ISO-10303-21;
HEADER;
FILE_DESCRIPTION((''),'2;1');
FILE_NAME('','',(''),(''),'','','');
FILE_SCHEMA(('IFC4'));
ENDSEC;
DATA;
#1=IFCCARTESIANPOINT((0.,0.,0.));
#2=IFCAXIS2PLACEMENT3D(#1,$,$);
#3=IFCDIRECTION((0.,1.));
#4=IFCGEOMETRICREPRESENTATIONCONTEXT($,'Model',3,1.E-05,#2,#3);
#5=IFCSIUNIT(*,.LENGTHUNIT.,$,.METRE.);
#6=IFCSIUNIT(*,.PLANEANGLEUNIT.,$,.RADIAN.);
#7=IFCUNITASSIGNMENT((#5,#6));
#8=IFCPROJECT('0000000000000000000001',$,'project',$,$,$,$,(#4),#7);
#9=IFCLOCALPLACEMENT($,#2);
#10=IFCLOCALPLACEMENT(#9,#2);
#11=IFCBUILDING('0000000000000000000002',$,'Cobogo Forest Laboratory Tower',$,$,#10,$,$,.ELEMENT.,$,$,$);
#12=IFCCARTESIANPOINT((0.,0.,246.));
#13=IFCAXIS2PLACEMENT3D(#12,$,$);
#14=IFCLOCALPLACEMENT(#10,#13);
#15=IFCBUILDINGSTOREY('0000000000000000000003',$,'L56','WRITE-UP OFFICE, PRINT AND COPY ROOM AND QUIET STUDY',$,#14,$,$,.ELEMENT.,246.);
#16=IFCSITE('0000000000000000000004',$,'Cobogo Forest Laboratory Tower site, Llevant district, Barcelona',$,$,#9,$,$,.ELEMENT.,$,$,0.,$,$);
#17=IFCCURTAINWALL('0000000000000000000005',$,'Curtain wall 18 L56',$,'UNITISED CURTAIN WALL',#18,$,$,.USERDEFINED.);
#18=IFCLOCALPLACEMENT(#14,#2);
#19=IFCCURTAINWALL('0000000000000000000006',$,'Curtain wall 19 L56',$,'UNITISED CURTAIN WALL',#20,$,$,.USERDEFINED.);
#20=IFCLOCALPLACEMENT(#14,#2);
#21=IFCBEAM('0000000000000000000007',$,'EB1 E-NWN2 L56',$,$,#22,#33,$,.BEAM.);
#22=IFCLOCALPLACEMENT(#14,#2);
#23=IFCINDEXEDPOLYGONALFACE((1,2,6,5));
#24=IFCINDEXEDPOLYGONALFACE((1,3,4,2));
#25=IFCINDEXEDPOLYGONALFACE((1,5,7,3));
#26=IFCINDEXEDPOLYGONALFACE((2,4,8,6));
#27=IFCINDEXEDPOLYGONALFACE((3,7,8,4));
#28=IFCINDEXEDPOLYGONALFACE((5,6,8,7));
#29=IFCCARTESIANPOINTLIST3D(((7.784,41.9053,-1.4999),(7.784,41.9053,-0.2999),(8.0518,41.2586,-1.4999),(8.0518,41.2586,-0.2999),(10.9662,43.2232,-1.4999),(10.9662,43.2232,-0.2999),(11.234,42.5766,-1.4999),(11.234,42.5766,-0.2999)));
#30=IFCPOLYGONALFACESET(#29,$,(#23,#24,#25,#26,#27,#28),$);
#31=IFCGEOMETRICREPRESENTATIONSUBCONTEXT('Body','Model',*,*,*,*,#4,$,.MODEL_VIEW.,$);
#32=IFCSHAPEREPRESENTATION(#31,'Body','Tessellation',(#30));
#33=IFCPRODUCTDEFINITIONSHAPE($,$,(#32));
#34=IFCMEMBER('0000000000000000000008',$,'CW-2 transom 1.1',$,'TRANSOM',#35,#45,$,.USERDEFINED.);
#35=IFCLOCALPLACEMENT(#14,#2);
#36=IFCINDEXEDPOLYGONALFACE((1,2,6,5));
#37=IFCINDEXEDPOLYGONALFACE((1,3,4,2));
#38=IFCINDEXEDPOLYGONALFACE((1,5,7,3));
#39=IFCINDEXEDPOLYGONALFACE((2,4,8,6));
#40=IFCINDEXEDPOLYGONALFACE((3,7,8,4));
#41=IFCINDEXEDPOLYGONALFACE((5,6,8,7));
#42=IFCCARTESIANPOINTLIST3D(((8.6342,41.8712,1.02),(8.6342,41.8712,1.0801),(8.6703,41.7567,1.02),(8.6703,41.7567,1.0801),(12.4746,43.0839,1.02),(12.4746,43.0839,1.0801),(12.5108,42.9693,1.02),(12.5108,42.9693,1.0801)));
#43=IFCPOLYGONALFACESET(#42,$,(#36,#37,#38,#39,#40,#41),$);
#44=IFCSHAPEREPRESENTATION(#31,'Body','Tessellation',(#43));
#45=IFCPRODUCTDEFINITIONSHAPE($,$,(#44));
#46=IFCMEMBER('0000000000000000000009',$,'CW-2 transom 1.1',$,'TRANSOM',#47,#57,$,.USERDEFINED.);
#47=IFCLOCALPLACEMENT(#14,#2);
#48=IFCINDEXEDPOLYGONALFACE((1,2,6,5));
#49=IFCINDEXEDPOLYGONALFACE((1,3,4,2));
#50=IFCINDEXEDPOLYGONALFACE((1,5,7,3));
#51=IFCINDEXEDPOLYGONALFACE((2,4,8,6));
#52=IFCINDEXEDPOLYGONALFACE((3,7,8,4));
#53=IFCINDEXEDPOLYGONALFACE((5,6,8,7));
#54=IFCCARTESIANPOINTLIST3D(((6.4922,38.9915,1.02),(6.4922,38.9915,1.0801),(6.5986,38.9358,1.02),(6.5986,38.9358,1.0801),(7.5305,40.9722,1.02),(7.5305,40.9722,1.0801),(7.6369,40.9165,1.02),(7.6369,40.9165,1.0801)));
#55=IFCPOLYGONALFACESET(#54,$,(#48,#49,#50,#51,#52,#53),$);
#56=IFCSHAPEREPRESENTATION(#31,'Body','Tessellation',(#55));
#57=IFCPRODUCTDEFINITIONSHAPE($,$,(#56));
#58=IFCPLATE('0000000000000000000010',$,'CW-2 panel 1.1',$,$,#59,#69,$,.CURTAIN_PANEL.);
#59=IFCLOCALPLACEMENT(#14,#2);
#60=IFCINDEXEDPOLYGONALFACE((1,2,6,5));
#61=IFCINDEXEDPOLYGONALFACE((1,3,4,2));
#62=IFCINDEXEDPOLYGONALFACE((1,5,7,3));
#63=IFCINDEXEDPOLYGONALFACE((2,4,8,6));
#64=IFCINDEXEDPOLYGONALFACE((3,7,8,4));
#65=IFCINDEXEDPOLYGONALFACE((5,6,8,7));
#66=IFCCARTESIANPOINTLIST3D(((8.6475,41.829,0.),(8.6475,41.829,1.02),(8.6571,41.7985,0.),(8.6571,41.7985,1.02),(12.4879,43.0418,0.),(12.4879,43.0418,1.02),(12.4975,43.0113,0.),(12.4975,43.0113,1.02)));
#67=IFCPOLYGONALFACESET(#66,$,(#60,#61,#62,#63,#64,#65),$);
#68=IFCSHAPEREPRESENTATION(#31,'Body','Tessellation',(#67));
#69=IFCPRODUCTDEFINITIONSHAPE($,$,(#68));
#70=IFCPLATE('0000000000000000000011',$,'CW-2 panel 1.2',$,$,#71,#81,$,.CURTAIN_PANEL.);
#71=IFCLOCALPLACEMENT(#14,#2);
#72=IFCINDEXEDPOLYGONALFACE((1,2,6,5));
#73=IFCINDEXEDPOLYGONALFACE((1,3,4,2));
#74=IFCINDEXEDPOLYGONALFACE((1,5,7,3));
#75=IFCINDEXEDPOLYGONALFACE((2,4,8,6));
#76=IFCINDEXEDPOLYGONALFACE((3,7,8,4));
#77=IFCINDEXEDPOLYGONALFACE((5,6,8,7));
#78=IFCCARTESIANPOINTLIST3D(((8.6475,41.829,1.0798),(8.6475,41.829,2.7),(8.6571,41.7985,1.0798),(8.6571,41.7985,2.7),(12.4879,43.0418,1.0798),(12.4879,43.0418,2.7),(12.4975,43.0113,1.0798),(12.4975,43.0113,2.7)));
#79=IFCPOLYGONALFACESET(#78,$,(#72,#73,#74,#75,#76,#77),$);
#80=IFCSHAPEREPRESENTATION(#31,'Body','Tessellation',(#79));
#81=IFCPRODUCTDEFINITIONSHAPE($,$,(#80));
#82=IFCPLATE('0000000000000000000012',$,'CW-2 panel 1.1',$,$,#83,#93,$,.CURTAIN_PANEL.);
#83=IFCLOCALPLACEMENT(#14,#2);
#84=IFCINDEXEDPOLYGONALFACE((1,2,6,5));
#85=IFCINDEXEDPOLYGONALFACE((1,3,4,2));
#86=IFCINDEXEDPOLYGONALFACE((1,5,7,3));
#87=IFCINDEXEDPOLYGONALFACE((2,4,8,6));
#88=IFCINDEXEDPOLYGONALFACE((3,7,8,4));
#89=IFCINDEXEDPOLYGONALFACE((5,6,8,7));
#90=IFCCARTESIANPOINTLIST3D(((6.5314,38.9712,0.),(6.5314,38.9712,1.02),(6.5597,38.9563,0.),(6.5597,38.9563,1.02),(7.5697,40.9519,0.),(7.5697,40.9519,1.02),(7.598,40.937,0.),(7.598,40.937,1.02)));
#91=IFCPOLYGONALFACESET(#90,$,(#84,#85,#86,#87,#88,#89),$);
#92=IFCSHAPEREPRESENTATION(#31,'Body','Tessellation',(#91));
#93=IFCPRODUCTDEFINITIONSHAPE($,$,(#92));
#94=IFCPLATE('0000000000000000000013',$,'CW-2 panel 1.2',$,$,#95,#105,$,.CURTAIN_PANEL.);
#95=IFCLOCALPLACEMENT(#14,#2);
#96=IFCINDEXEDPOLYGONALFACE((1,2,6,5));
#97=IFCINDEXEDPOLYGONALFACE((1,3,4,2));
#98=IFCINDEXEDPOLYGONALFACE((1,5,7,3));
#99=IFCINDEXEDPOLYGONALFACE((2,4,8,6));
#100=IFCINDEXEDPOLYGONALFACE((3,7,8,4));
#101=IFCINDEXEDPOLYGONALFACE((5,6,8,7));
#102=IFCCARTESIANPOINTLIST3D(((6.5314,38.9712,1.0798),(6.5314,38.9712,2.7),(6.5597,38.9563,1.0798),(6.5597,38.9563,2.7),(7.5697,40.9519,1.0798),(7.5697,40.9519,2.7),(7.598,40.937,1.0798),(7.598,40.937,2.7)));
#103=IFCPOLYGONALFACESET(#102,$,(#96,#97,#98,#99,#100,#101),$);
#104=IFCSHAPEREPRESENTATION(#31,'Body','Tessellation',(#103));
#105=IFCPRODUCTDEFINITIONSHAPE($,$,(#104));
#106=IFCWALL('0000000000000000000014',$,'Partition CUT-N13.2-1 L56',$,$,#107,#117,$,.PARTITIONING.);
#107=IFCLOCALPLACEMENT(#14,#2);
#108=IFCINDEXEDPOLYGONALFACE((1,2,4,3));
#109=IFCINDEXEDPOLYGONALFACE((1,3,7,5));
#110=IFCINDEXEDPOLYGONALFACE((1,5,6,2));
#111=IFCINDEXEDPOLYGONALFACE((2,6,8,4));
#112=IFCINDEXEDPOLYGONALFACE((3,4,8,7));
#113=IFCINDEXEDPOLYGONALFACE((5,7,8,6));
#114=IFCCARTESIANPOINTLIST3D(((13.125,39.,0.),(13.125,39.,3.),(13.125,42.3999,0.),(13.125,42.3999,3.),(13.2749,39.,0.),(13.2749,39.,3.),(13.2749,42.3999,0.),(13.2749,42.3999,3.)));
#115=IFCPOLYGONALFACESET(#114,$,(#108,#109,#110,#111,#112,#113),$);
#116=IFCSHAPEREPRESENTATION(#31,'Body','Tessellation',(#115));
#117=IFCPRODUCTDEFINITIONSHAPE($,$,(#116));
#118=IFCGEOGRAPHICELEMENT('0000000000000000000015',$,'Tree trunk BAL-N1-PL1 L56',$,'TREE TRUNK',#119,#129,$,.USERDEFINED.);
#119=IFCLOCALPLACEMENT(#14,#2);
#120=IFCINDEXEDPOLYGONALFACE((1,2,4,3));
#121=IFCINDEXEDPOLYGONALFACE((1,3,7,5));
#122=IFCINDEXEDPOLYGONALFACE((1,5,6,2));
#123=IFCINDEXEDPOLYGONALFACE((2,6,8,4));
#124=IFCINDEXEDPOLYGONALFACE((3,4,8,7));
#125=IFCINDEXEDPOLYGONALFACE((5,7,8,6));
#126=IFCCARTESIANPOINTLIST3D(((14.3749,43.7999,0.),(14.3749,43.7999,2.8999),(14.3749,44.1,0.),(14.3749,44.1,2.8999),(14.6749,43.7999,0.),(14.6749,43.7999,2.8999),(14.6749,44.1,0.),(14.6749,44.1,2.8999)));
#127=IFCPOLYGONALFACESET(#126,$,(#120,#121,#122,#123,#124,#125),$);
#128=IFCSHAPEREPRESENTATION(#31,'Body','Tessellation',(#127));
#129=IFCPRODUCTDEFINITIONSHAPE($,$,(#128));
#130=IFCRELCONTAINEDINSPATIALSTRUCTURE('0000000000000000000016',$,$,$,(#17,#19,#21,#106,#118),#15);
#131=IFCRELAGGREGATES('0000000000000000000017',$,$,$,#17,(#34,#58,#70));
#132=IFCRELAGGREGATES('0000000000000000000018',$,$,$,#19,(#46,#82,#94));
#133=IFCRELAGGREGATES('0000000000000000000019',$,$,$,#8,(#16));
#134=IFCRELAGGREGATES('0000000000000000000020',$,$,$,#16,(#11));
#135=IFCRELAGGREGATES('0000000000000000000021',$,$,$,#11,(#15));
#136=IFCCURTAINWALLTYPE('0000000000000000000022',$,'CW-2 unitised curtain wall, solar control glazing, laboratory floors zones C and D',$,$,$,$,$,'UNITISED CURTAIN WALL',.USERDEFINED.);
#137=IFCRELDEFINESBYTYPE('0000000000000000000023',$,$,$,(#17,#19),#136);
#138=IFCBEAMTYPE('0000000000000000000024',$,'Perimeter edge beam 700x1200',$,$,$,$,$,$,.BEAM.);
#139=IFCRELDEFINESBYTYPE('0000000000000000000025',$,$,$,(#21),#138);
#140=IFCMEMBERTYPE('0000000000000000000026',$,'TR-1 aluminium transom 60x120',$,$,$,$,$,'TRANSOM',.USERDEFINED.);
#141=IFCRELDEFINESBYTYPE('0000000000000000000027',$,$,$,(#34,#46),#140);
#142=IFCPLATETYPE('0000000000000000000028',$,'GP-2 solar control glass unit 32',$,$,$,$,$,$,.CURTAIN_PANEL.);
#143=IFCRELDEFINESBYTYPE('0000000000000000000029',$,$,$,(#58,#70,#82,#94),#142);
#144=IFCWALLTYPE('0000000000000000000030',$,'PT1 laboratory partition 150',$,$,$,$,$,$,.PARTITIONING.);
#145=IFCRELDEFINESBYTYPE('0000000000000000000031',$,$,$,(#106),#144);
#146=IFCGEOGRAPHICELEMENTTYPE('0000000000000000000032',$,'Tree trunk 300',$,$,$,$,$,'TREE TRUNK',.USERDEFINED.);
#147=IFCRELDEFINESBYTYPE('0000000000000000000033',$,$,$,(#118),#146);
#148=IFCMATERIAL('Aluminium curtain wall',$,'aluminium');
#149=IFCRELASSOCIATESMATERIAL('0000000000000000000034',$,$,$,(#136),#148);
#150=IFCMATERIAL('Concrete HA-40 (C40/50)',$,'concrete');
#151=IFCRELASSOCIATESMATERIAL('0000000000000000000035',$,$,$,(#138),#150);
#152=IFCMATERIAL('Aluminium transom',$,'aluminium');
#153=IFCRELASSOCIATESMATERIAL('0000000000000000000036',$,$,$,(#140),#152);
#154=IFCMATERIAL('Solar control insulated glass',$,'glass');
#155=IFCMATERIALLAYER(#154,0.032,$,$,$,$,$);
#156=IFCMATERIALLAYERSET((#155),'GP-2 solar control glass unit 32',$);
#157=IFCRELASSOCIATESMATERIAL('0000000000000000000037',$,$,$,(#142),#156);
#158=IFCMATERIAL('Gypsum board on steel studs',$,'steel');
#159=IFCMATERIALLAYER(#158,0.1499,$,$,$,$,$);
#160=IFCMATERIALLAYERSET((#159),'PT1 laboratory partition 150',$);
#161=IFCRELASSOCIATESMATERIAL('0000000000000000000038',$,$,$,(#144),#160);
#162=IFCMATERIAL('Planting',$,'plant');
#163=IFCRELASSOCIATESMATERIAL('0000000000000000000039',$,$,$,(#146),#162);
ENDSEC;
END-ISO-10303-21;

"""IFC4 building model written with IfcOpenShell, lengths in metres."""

from ifc_helpers import new_model, si_unit, direction, frame, frame_2d, origin, origin_2d, place, context, subcontext, project, spatial, rectangle, extrude, material, layer, layer_set, material_profile, profile_set, type_object, element, aggregate, save


model = new_model("IFC4")

# Units and contexts
model_context = context("Model", 3, precision=1e-05, world=origin(), true_north=direction((0.0, 1.0)))
body_context = subcontext(model_context, "Body", "Model", "MODEL_VIEW")
ifc_project = project(units=[si_unit("LENGTHUNIT", "METRE"), si_unit("PLANEANGLEUNIT", "RADIAN")], contexts=[model_context])

# Site, building, storey
site_placement = place(None, origin())
site = spatial("IfcSite", under=ifc_project, at=site_placement, Name="Cobogo Forest Laboratory Tower site, Llevant district, Barcelona", CompositionType="ELEMENT", RefElevation=0.0)
building_placement = place(site_placement, origin())
building = spatial("IfcBuilding", under=site, at=building_placement, Name="Cobogo Forest Laboratory Tower", CompositionType="ELEMENT")
storey_placement = place(building_placement, frame((0.0, 0.0, 246.0)))
storey = spatial("IfcBuildingStorey", under=building, at=storey_placement, Name="L56", Description="WRITE-UP OFFICE, PRINT AND COPY ROOM AND QUIET STUDY", CompositionType="ELEMENT", Elevation=246.0)

# Shared definitions
ifc_material_1 = material(Name="Concrete HA-40 (C40/50)", Category="concrete")

# Curtain walls
ifc_material_2 = material(Name="Aluminium curtain wall", Category="aluminium")
curtain_wall_type = type_object("IfcCurtainWallType", Name="CW-2 unitised curtain wall, solar control glazing, laboratory floors zones C and D", ElementType="UNITISED CURTAIN WALL", PredefinedType="USERDEFINED", material=ifc_material_2)
curtain_wall_1_placement = place(storey_placement, origin())
curtain_wall_1 = element("IfcCurtainWall", 1, at=curtain_wall_1_placement, inside=storey, type_object=curtain_wall_type, Name="Curtain wall 18 L56", ObjectType="UNITISED CURTAIN WALL", PredefinedType="USERDEFINED")
curtain_wall_2_placement = place(storey_placement, origin())
curtain_wall_2 = element("IfcCurtainWall", 2, at=curtain_wall_2_placement, inside=storey, type_object=curtain_wall_type, Name="Curtain wall 19 L56", ObjectType="UNITISED CURTAIN WALL", PredefinedType="USERDEFINED")

# Beam
ifc_material_profile_1 = material_profile(ifc_material_1, rectangle(XDim=0.7, YDim=1.2, at=origin_2d()), Name="RC 700x1200")
ifc_profile_set_1 = profile_set([ifc_material_profile_1], Name="Concrete HA-40 (C40/50)")
beam_type_1 = type_object("IfcBeamType", Name="Perimeter edge beam 700x1200", PredefinedType="BEAM", material=ifc_profile_set_1)
beam_1_placement = place(storey_placement, frame((11.1001, 42.8999, -0.8999), z_axis=(-0.923901, -0.382631, 0.0), x_axis=(0.382631, -0.923901, 0.0)))
element("IfcBeam", 3, at=beam_1_placement, inside=storey, type_object=beam_type_1, Name="EB1 E-NWN2 L56", PredefinedType="BEAM", context=body_context, shape_type="SweptSolid", body=[
    extrude(rectangle(XDim=0.7, YDim=1.2, at=origin_2d()), origin(), (0.0, 0.0, 1.0), 3.4443),
])

# Members
ifc_material_3 = material(Name="Aluminium transom", Category="aluminium")
ifc_material_profile_2 = material_profile(ifc_material_3, rectangle(XDim=0.1201, YDim=0.0601, at=origin_2d()), Name="AL 60x120")
ifc_profile_set_2 = profile_set([ifc_material_profile_2], Name="Aluminium transom")
member_type_1 = type_object("IfcMemberType", Name="TR-1 aluminium transom 60x120", ElementType="TRANSOM", PredefinedType="USERDEFINED", material=ifc_profile_set_2)
member_1_placement = place(storey_placement, frame((12.4927, 43.0266, 1.05), z_axis=(-0.953589, -0.301111, 0.0), x_axis=(0.301111, -0.953589, 0.0)))
member_1 = element("IfcMember", 4, at=member_1_placement, type_object=member_type_1, Name="CW-2 transom 1.1", ObjectType="TRANSOM", PredefinedType="USERDEFINED", context=body_context, shape_type="SweptSolid", body=[
    extrude(rectangle(XDim=0.1201, YDim=0.0601, at=origin_2d()), origin(), (0.0, 0.0, 1.0), 4.0273),
])
member_2_placement = place(storey_placement, frame((7.5837, 40.9443, 1.05), z_axis=(-0.464293, -0.885682, 0.0), x_axis=(0.885682, -0.464293, 0.0)))
member_2 = element("IfcMember", 5, at=member_2_placement, type_object=member_type_1, Name="CW-2 transom 1.1", ObjectType="TRANSOM", PredefinedType="USERDEFINED", context=body_context, shape_type="SweptSolid", body=[
    extrude(rectangle(XDim=0.1201, YDim=0.0601, at=origin_2d()), origin(), (0.0, 0.0, 1.0), 2.2363),
])

# Plates
ifc_material_4 = material(Name="Solar control insulated glass", Category="glass")
ifc_layer_1 = layer(ifc_material_4, 0.032)
ifc_layer_set_1 = layer_set([ifc_layer_1], Name="GP-2 solar control glass unit 32")
plate_type = type_object("IfcPlateType", Name="GP-2 solar control glass unit 32", PredefinedType="CURTAIN_PANEL", material=ifc_layer_set_1)
plate_1_placement = place(storey_placement, frame((10.5725, 42.4202, 0.0), z_axis=(0.0, 0.0, 1.0), x_axis=(-0.953581, -0.301135, 0.0)))
plate_1 = element("IfcPlate", 6, at=plate_1_placement, type_object=plate_type, Name="CW-2 panel 1.1", PredefinedType="CURTAIN_PANEL", context=body_context, shape_type="SweptSolid", body=[
    extrude(rectangle(XDim=4.0273, YDim=0.032, at=origin_2d()), origin(), (0.0, 0.0, 1.0), 1.02),
])
plate_2_placement = place(storey_placement, frame((10.5725, 42.4202, 1.0798), z_axis=(0.0, 0.0, 1.0), x_axis=(-0.953581, -0.301135, 0.0)))
plate_2 = element("IfcPlate", 7, at=plate_2_placement, type_object=plate_type, Name="CW-2 panel 1.2", PredefinedType="CURTAIN_PANEL", context=body_context, shape_type="SweptSolid", body=[
    extrude(rectangle(XDim=4.0273, YDim=0.032, at=origin_2d()), origin(), (0.0, 0.0, 1.0), 1.6201),
])
aggregate(curtain_wall_1, [member_1, plate_1, plate_2])
plate_3_placement = place(storey_placement, frame((7.0647, 39.9541, 0.0), z_axis=(0.0, 0.0, 1.0), x_axis=(-0.464284, -0.885686, 0.0)))
plate_3 = element("IfcPlate", 8, at=plate_3_placement, type_object=plate_type, Name="CW-2 panel 1.1", PredefinedType="CURTAIN_PANEL", context=body_context, shape_type="SweptSolid", body=[
    extrude(rectangle(XDim=2.2363, YDim=0.032, at=origin_2d()), origin(), (0.0, 0.0, 1.0), 1.02),
])
plate_4_placement = place(storey_placement, frame((7.0647, 39.9541, 1.0798), z_axis=(0.0, 0.0, 1.0), x_axis=(-0.464284, -0.885686, 0.0)))
plate_4 = element("IfcPlate", 9, at=plate_4_placement, type_object=plate_type, Name="CW-2 panel 1.2", PredefinedType="CURTAIN_PANEL", context=body_context, shape_type="SweptSolid", body=[
    extrude(rectangle(XDim=2.2363, YDim=0.032, at=origin_2d()), origin(), (0.0, 0.0, 1.0), 1.6201),
])
aggregate(curtain_wall_2, [member_2, plate_3, plate_4])

# Wall
ifc_material_5 = material(Name="Gypsum board on steel studs", Category="steel")
ifc_layer_2 = layer(ifc_material_5, 0.1499)
ifc_layer_set_2 = layer_set([ifc_layer_2], Name="PT1 laboratory partition 150")
wall_type_1 = type_object("IfcWallType", Name="PT1 laboratory partition 150", PredefinedType="PARTITIONING", material=ifc_layer_set_2)
wall_1_placement = place(storey_placement, frame((13.2, 42.3999, 0.0), z_axis=(0.0, 0.0, 1.0), x_axis=(0.0, -1.0, 0.0)))
element("IfcWall", 10, at=wall_1_placement, inside=storey, type_object=wall_type_1, Name="Partition CUT-N13.2-1 L56", PredefinedType="PARTITIONING", context=body_context, shape_type="SweptSolid", body=[
    extrude(rectangle(XDim=3.3999, YDim=0.1499, at=frame_2d((1.7, 0.0))), origin(), (0.0, 0.0, 1.0), 3.0),
])

# Geographic element
ifc_material_6 = material(Name="Planting", Category="plant")
geographic_element_type = type_object("IfcGeographicElementType", Name="Tree trunk 300", ElementType="TREE TRUNK", PredefinedType="USERDEFINED", material=ifc_material_6)
geographic_element_placement = place(storey_placement, frame((14.5249, 43.95, 0.0), z_axis=(0.0, 0.0, 1.0), x_axis=(1.0, 0.0, 0.0)))
element("IfcGeographicElement", 11, at=geographic_element_placement, inside=storey, type_object=geographic_element_type, Name="Tree trunk BAL-N1-PL1 L56", ObjectType="TREE TRUNK", PredefinedType="USERDEFINED", context=body_context, shape_type="SweptSolid", body=[
    extrude(rectangle(XDim=0.3, YDim=0.3, at=origin_2d()), origin(), (0.0, 0.0, 1.0), 2.8999),
])

save(model, "model.ifc")
